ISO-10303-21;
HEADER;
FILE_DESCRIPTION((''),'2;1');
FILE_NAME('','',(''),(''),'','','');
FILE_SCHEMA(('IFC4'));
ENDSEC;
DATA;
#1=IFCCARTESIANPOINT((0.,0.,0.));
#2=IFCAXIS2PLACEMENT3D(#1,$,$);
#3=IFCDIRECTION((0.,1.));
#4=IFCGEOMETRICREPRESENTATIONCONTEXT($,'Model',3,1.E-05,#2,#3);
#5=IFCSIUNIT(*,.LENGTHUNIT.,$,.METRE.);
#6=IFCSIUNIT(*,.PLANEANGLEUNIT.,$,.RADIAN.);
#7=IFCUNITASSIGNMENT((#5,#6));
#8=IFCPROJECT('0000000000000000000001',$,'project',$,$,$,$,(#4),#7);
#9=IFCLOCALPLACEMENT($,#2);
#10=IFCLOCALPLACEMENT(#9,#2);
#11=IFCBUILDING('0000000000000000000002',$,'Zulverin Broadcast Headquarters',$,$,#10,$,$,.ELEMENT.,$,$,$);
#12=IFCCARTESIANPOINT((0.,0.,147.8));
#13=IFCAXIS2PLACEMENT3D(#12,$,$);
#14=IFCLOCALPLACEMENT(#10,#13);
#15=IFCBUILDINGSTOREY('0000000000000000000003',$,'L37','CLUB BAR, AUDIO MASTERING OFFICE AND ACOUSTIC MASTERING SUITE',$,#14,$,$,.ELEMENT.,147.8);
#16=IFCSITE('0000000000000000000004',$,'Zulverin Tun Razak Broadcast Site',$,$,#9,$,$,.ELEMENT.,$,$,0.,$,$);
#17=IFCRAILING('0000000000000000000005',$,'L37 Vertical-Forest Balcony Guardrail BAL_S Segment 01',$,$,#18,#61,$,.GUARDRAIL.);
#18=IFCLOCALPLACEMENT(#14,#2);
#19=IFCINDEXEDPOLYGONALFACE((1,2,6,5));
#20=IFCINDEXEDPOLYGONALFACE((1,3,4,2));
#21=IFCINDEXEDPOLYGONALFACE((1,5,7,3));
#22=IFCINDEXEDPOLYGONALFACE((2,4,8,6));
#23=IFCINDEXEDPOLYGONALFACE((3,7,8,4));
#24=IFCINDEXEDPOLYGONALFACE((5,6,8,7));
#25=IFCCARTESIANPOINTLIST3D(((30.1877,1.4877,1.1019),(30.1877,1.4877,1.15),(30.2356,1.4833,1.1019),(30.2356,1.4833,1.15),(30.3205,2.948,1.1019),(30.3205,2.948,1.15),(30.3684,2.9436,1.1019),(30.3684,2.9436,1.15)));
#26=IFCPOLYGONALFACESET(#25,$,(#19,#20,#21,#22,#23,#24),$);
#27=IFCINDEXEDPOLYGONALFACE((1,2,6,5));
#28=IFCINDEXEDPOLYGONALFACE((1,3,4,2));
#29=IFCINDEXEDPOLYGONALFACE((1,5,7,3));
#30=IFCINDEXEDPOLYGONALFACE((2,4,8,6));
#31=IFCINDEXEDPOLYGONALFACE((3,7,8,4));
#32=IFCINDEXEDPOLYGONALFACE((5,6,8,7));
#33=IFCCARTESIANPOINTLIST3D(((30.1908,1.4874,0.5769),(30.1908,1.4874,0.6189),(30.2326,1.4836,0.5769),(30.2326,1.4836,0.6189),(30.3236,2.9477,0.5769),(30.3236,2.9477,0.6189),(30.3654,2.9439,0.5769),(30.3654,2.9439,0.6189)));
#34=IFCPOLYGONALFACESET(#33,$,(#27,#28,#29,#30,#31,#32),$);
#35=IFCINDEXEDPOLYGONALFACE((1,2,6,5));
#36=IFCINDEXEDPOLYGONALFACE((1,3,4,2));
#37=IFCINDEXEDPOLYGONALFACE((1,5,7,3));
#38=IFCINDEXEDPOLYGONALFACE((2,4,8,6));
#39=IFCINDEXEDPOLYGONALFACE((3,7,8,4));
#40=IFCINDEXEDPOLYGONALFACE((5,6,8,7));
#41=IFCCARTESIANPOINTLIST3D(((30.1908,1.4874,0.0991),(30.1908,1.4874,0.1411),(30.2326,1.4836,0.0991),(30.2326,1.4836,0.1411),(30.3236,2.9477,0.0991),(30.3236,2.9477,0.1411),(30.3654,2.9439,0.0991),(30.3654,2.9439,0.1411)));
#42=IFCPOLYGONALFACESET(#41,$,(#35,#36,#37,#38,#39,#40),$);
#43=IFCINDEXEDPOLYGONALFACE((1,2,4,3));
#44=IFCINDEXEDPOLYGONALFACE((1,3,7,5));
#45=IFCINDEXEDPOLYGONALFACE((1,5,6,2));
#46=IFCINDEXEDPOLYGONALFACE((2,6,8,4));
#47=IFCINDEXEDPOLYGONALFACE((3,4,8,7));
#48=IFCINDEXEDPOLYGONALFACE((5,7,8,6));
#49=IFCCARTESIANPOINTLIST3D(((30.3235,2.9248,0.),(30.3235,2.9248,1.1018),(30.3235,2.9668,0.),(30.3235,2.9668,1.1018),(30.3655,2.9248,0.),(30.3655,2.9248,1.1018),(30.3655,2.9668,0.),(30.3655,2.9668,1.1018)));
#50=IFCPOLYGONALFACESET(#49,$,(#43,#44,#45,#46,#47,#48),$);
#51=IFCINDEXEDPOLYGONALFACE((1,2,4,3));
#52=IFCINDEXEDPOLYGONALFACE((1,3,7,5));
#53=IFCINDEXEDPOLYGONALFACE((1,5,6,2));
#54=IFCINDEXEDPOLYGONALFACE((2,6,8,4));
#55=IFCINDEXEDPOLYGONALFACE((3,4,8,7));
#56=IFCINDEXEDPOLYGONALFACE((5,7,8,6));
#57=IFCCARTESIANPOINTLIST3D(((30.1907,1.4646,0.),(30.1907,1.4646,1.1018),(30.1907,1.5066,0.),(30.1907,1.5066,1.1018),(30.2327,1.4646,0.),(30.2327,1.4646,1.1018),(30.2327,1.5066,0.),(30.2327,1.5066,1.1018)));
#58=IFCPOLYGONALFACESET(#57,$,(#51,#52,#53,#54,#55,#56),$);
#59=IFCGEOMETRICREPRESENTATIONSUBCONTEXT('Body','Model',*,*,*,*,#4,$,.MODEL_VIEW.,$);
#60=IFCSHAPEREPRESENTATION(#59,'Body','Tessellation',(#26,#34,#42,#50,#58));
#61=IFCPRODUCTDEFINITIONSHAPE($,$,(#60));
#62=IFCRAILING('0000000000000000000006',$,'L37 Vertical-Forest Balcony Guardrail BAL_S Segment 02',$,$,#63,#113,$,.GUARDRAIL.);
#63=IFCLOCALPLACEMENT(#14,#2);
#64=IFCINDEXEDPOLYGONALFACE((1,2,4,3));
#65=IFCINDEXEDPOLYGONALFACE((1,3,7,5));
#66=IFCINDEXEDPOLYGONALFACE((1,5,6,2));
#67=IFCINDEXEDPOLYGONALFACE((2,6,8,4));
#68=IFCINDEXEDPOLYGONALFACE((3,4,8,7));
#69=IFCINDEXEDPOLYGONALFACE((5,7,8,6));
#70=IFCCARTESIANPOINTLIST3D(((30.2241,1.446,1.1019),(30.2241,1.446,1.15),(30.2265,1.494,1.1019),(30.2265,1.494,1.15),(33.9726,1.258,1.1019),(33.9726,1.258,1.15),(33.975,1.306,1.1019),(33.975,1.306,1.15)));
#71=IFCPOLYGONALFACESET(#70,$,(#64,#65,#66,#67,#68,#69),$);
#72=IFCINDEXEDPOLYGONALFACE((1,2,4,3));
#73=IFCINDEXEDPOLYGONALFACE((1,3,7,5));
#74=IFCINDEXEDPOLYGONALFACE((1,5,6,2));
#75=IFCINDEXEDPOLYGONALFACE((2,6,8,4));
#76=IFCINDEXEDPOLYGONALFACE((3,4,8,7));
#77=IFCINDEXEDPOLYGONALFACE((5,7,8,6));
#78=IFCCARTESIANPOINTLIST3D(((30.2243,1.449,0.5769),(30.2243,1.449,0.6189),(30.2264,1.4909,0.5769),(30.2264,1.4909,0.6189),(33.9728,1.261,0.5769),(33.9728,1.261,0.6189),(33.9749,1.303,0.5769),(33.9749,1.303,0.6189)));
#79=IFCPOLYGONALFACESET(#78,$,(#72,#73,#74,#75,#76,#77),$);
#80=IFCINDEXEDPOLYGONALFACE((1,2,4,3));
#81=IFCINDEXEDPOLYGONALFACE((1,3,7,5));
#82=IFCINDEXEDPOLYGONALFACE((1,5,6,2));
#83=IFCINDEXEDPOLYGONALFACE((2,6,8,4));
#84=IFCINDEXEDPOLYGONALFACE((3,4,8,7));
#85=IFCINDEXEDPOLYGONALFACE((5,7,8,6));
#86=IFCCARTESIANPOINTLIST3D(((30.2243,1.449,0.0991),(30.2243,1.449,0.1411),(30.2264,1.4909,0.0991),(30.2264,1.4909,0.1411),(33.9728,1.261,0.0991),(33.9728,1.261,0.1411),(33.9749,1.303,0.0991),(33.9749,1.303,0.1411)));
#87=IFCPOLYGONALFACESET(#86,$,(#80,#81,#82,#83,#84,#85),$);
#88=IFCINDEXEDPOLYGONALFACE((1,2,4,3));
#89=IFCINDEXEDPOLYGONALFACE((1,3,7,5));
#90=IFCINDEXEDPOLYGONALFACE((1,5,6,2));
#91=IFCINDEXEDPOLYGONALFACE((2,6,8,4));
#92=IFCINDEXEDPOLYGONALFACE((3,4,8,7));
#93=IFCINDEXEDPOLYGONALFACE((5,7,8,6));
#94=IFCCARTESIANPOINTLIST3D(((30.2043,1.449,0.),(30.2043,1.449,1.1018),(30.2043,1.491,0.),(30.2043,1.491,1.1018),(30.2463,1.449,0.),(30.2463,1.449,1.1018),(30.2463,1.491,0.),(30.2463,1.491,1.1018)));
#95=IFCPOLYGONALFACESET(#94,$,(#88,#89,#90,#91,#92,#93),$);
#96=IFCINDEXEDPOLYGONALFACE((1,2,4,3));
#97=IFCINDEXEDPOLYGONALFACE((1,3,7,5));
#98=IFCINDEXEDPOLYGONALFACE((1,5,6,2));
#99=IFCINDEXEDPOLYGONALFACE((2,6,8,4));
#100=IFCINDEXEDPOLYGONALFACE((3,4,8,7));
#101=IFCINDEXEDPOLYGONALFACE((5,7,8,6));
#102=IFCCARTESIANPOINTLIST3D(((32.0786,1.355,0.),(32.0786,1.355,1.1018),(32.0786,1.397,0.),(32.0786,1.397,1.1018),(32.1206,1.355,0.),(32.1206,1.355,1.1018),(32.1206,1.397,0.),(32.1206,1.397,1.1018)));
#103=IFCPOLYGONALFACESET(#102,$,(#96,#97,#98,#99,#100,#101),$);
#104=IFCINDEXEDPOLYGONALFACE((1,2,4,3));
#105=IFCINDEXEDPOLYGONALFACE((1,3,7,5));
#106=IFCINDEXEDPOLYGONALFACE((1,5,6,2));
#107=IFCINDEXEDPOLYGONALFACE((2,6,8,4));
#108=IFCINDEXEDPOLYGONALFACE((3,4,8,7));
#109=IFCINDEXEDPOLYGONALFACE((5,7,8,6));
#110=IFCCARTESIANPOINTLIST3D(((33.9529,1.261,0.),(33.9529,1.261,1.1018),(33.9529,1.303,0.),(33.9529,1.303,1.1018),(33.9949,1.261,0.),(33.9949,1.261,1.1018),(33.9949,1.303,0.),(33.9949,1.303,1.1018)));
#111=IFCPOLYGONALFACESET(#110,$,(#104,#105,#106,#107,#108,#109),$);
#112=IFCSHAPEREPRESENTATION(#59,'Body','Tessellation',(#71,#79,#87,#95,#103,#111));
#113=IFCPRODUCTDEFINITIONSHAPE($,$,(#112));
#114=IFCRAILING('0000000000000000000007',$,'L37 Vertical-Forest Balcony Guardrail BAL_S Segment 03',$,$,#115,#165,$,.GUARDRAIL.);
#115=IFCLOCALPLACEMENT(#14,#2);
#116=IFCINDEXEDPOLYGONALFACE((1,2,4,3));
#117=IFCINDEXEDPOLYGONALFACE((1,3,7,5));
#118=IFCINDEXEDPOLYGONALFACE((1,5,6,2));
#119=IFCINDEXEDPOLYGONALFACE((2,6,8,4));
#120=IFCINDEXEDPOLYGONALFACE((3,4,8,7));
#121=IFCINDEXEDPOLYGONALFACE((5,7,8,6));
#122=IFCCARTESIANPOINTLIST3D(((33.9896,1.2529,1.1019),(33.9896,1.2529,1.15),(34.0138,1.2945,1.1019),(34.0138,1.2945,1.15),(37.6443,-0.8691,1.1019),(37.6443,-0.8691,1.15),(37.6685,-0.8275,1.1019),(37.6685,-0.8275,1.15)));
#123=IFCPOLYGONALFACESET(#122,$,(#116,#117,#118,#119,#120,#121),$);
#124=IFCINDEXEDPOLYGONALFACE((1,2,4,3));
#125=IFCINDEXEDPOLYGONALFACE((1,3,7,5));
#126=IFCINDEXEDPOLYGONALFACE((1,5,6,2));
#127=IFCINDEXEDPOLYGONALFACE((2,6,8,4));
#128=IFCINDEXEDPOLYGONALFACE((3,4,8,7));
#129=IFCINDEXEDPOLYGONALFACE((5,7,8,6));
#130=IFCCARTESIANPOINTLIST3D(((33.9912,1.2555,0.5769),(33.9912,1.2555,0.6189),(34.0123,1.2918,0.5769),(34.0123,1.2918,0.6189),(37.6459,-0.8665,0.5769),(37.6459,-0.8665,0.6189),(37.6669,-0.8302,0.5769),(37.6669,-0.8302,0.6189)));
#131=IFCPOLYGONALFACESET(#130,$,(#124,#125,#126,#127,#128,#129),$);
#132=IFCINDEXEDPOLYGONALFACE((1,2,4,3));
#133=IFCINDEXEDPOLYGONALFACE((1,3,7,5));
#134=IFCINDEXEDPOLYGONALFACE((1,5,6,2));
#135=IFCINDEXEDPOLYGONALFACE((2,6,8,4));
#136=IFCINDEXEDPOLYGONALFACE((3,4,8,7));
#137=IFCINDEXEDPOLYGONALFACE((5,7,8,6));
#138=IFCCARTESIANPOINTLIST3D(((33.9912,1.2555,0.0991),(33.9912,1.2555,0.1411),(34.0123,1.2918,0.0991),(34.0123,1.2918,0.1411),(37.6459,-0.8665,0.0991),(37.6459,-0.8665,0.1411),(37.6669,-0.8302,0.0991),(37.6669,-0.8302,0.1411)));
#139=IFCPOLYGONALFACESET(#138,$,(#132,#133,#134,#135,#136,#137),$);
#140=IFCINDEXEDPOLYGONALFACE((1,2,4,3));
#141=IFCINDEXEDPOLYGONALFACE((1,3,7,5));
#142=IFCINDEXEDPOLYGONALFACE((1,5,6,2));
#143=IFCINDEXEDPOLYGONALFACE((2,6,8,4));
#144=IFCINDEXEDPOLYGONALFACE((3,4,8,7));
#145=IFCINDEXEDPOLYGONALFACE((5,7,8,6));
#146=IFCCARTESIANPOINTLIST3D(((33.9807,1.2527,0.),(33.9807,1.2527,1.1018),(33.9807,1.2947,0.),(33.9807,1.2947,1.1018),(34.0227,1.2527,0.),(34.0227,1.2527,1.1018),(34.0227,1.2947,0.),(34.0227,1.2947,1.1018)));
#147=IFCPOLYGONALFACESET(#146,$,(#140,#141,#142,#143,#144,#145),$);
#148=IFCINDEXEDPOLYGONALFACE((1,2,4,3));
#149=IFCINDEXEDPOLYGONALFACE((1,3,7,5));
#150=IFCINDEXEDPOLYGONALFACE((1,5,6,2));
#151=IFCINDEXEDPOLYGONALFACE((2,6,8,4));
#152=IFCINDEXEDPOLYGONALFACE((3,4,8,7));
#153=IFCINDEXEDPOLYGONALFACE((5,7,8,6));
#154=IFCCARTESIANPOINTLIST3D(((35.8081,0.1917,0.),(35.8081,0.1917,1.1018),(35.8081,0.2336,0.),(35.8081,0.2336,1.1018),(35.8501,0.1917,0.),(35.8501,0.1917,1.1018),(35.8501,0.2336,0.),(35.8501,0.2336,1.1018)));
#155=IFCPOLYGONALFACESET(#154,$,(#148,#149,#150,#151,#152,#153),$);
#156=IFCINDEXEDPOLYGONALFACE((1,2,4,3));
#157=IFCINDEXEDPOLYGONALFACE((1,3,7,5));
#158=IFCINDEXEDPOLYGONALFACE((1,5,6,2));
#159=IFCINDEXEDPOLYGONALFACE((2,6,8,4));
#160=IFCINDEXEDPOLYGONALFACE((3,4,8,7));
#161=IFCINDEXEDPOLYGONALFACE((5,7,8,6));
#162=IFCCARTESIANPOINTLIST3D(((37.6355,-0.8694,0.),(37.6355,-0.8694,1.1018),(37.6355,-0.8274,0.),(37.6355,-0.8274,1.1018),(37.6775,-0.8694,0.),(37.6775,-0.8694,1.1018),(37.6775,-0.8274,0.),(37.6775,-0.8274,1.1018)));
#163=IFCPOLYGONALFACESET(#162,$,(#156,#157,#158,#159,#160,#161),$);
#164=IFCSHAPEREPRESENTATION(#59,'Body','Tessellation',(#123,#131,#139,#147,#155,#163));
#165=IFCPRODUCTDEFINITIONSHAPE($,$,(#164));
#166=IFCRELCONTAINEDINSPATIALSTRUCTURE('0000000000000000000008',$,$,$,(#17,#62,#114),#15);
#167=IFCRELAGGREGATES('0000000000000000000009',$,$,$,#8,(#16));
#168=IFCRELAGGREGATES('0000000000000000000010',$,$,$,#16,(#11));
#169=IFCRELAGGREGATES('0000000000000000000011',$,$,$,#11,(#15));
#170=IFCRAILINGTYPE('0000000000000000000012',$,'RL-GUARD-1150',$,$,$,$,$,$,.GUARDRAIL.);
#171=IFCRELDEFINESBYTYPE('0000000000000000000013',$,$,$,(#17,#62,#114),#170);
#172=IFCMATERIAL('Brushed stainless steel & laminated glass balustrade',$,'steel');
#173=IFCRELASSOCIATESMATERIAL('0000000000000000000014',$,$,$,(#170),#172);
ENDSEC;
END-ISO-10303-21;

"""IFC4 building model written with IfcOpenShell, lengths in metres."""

from ifc_helpers import new_model, si_unit, direction, frame, origin, origin_2d, place, context, subcontext, project, spatial, rectangle, extrude, material, type_object, element, save


model = new_model("IFC4")

# Units and contexts
model_context = context("Model", 3, precision=1e-05, world=origin(), true_north=direction((0.0, 1.0)))
body_context = subcontext(model_context, "Body", "Model", "MODEL_VIEW")
ifc_project = project(units=[si_unit("LENGTHUNIT", "METRE"), si_unit("PLANEANGLEUNIT", "RADIAN")], contexts=[model_context])

# Site, building, storey
site_placement = place(None, origin())
site = spatial("IfcSite", under=ifc_project, at=site_placement, Name="Zulverin Tun Razak Broadcast Site", CompositionType="ELEMENT", RefElevation=0.0)
building_placement = place(site_placement, origin())
building = spatial("IfcBuilding", under=site, at=building_placement, Name="Zulverin Broadcast Headquarters", CompositionType="ELEMENT")
storey_placement = place(building_placement, frame((0.0, 0.0, 147.8)))
storey = spatial("IfcBuildingStorey", under=building, at=storey_placement, Name="L37", Description="CLUB BAR, AUDIO MASTERING OFFICE AND ACOUSTIC MASTERING SUITE", CompositionType="ELEMENT", Elevation=147.8)

# Railings
ifc_material_1 = material(Name="Brushed stainless steel & laminated glass balustrade", Category="steel")
railing_type = type_object("IfcRailingType", Name="RL-GUARD-1150", PredefinedType="GUARDRAIL", material=ifc_material_1)
railing_1_placement = place(storey_placement, frame((30.3445, 2.9458, 0.0)))
element("IfcRailing", 1, at=railing_1_placement, inside=storey, type_object=railing_type, Name="L37 Vertical-Forest Balcony Guardrail BAL_S Segment 01", PredefinedType="GUARDRAIL", context=body_context, shape_type="SweptSolid", body=[
    extrude(rectangle(XDim=0.0481, YDim=0.0481, at=origin_2d()), frame((0.0, 0.0, 1.126), z_axis=(-0.090581, -0.995889, 0.0), x_axis=(0.995889, -0.090581, 0.0)), (0.0, 0.0, 1.0), 1.4663),
    extrude(rectangle(XDim=0.042, YDim=0.042, at=origin_2d()), frame((0.0, 0.0, 0.5979), z_axis=(-0.090581, -0.995889, 0.0), x_axis=(0.995889, -0.090581, 0.0)), (0.0, 0.0, 1.0), 1.4663),
    extrude(rectangle(XDim=0.042, YDim=0.042, at=origin_2d()), frame((0.0, 0.0, 0.1201), z_axis=(-0.090581, -0.995889, 0.0), x_axis=(0.995889, -0.090581, 0.0)), (0.0, 0.0, 1.0), 1.4663),
    extrude(rectangle(XDim=0.042, YDim=0.042, at=origin_2d()), origin(), (0.0, 0.0, 1.0), 1.1018),
    extrude(rectangle(XDim=0.042, YDim=0.042, at=origin_2d()), frame((-0.1328, -1.4602, 0.0)), (0.0, 0.0, 1.0), 1.1018),
])
railing_2_placement = place(storey_placement, frame((30.2253, 1.47, 0.0)))
element("IfcRailing", 2, at=railing_2_placement, inside=storey, type_object=railing_type, Name="L37 Vertical-Forest Balcony Guardrail BAL_S Segment 02", PredefinedType="GUARDRAIL", context=body_context, shape_type="SweptSolid", body=[
    extrude(rectangle(XDim=0.0481, YDim=0.0481, at=origin_2d()), frame((0.0, 0.0, 1.126), z_axis=(0.998745, -0.050087, 0.0), x_axis=(0.050087, 0.998745, 0.0)), (0.0, 0.0, 1.0), 3.7532),
    extrude(rectangle(XDim=0.042, YDim=0.042, at=origin_2d()), frame((0.0, 0.0, 0.5979), z_axis=(0.998745, -0.050087, 0.0), x_axis=(0.050087, 0.998745, 0.0)), (0.0, 0.0, 1.0), 3.7532),
    extrude(rectangle(XDim=0.042, YDim=0.042, at=origin_2d()), frame((0.0, 0.0, 0.1201), z_axis=(0.998745, -0.050087, 0.0), x_axis=(0.050087, 0.998745, 0.0)), (0.0, 0.0, 1.0), 3.7532),
    extrude(rectangle(XDim=0.042, YDim=0.042, at=origin_2d()), origin(), (0.0, 0.0, 1.0), 1.1018),
    extrude(rectangle(XDim=0.042, YDim=0.042, at=origin_2d()), frame((1.8743, -0.094, 0.0)), (0.0, 0.0, 1.0), 1.1018),
    extrude(rectangle(XDim=0.042, YDim=0.042, at=origin_2d()), frame((3.7485, -0.188, 0.0)), (0.0, 0.0, 1.0), 1.1018),
])
railing_3_placement = place(storey_placement, frame((34.0017, 1.2737, 0.0)))
element("IfcRailing", 3, at=railing_3_placement, inside=storey, type_object=railing_type, Name="L37 Vertical-Forest Balcony Guardrail BAL_S Segment 03", PredefinedType="GUARDRAIL", context=body_context, shape_type="SweptSolid", body=[
    extrude(rectangle(XDim=0.0481, YDim=0.0481, at=origin_2d()), frame((0.0, 0.0, 1.126), z_axis=(0.864795, -0.502124, 0.0), x_axis=(0.502124, 0.864795, 0.0)), (0.0, 0.0, 1.0), 4.2261),
    extrude(rectangle(XDim=0.042, YDim=0.042, at=origin_2d()), frame((0.0, 0.0, 0.5979), z_axis=(0.864795, -0.502124, 0.0), x_axis=(0.502124, 0.864795, 0.0)), (0.0, 0.0, 1.0), 4.2261),
    extrude(rectangle(XDim=0.042, YDim=0.042, at=origin_2d()), frame((0.0, 0.0, 0.1201), z_axis=(0.864795, -0.502124, 0.0), x_axis=(0.502124, 0.864795, 0.0)), (0.0, 0.0, 1.0), 4.2261),
    extrude(rectangle(XDim=0.042, YDim=0.042, at=origin_2d()), origin(), (0.0, 0.0, 1.0), 1.1018),
    extrude(rectangle(XDim=0.042, YDim=0.042, at=origin_2d()), frame((1.8274, -1.061, 0.0)), (0.0, 0.0, 1.0), 1.1018),
    extrude(rectangle(XDim=0.042, YDim=0.042, at=origin_2d()), frame((3.6548, -2.1221, 0.0)), (0.0, 0.0, 1.0), 1.1018),
])

save(model, "model.ifc")
